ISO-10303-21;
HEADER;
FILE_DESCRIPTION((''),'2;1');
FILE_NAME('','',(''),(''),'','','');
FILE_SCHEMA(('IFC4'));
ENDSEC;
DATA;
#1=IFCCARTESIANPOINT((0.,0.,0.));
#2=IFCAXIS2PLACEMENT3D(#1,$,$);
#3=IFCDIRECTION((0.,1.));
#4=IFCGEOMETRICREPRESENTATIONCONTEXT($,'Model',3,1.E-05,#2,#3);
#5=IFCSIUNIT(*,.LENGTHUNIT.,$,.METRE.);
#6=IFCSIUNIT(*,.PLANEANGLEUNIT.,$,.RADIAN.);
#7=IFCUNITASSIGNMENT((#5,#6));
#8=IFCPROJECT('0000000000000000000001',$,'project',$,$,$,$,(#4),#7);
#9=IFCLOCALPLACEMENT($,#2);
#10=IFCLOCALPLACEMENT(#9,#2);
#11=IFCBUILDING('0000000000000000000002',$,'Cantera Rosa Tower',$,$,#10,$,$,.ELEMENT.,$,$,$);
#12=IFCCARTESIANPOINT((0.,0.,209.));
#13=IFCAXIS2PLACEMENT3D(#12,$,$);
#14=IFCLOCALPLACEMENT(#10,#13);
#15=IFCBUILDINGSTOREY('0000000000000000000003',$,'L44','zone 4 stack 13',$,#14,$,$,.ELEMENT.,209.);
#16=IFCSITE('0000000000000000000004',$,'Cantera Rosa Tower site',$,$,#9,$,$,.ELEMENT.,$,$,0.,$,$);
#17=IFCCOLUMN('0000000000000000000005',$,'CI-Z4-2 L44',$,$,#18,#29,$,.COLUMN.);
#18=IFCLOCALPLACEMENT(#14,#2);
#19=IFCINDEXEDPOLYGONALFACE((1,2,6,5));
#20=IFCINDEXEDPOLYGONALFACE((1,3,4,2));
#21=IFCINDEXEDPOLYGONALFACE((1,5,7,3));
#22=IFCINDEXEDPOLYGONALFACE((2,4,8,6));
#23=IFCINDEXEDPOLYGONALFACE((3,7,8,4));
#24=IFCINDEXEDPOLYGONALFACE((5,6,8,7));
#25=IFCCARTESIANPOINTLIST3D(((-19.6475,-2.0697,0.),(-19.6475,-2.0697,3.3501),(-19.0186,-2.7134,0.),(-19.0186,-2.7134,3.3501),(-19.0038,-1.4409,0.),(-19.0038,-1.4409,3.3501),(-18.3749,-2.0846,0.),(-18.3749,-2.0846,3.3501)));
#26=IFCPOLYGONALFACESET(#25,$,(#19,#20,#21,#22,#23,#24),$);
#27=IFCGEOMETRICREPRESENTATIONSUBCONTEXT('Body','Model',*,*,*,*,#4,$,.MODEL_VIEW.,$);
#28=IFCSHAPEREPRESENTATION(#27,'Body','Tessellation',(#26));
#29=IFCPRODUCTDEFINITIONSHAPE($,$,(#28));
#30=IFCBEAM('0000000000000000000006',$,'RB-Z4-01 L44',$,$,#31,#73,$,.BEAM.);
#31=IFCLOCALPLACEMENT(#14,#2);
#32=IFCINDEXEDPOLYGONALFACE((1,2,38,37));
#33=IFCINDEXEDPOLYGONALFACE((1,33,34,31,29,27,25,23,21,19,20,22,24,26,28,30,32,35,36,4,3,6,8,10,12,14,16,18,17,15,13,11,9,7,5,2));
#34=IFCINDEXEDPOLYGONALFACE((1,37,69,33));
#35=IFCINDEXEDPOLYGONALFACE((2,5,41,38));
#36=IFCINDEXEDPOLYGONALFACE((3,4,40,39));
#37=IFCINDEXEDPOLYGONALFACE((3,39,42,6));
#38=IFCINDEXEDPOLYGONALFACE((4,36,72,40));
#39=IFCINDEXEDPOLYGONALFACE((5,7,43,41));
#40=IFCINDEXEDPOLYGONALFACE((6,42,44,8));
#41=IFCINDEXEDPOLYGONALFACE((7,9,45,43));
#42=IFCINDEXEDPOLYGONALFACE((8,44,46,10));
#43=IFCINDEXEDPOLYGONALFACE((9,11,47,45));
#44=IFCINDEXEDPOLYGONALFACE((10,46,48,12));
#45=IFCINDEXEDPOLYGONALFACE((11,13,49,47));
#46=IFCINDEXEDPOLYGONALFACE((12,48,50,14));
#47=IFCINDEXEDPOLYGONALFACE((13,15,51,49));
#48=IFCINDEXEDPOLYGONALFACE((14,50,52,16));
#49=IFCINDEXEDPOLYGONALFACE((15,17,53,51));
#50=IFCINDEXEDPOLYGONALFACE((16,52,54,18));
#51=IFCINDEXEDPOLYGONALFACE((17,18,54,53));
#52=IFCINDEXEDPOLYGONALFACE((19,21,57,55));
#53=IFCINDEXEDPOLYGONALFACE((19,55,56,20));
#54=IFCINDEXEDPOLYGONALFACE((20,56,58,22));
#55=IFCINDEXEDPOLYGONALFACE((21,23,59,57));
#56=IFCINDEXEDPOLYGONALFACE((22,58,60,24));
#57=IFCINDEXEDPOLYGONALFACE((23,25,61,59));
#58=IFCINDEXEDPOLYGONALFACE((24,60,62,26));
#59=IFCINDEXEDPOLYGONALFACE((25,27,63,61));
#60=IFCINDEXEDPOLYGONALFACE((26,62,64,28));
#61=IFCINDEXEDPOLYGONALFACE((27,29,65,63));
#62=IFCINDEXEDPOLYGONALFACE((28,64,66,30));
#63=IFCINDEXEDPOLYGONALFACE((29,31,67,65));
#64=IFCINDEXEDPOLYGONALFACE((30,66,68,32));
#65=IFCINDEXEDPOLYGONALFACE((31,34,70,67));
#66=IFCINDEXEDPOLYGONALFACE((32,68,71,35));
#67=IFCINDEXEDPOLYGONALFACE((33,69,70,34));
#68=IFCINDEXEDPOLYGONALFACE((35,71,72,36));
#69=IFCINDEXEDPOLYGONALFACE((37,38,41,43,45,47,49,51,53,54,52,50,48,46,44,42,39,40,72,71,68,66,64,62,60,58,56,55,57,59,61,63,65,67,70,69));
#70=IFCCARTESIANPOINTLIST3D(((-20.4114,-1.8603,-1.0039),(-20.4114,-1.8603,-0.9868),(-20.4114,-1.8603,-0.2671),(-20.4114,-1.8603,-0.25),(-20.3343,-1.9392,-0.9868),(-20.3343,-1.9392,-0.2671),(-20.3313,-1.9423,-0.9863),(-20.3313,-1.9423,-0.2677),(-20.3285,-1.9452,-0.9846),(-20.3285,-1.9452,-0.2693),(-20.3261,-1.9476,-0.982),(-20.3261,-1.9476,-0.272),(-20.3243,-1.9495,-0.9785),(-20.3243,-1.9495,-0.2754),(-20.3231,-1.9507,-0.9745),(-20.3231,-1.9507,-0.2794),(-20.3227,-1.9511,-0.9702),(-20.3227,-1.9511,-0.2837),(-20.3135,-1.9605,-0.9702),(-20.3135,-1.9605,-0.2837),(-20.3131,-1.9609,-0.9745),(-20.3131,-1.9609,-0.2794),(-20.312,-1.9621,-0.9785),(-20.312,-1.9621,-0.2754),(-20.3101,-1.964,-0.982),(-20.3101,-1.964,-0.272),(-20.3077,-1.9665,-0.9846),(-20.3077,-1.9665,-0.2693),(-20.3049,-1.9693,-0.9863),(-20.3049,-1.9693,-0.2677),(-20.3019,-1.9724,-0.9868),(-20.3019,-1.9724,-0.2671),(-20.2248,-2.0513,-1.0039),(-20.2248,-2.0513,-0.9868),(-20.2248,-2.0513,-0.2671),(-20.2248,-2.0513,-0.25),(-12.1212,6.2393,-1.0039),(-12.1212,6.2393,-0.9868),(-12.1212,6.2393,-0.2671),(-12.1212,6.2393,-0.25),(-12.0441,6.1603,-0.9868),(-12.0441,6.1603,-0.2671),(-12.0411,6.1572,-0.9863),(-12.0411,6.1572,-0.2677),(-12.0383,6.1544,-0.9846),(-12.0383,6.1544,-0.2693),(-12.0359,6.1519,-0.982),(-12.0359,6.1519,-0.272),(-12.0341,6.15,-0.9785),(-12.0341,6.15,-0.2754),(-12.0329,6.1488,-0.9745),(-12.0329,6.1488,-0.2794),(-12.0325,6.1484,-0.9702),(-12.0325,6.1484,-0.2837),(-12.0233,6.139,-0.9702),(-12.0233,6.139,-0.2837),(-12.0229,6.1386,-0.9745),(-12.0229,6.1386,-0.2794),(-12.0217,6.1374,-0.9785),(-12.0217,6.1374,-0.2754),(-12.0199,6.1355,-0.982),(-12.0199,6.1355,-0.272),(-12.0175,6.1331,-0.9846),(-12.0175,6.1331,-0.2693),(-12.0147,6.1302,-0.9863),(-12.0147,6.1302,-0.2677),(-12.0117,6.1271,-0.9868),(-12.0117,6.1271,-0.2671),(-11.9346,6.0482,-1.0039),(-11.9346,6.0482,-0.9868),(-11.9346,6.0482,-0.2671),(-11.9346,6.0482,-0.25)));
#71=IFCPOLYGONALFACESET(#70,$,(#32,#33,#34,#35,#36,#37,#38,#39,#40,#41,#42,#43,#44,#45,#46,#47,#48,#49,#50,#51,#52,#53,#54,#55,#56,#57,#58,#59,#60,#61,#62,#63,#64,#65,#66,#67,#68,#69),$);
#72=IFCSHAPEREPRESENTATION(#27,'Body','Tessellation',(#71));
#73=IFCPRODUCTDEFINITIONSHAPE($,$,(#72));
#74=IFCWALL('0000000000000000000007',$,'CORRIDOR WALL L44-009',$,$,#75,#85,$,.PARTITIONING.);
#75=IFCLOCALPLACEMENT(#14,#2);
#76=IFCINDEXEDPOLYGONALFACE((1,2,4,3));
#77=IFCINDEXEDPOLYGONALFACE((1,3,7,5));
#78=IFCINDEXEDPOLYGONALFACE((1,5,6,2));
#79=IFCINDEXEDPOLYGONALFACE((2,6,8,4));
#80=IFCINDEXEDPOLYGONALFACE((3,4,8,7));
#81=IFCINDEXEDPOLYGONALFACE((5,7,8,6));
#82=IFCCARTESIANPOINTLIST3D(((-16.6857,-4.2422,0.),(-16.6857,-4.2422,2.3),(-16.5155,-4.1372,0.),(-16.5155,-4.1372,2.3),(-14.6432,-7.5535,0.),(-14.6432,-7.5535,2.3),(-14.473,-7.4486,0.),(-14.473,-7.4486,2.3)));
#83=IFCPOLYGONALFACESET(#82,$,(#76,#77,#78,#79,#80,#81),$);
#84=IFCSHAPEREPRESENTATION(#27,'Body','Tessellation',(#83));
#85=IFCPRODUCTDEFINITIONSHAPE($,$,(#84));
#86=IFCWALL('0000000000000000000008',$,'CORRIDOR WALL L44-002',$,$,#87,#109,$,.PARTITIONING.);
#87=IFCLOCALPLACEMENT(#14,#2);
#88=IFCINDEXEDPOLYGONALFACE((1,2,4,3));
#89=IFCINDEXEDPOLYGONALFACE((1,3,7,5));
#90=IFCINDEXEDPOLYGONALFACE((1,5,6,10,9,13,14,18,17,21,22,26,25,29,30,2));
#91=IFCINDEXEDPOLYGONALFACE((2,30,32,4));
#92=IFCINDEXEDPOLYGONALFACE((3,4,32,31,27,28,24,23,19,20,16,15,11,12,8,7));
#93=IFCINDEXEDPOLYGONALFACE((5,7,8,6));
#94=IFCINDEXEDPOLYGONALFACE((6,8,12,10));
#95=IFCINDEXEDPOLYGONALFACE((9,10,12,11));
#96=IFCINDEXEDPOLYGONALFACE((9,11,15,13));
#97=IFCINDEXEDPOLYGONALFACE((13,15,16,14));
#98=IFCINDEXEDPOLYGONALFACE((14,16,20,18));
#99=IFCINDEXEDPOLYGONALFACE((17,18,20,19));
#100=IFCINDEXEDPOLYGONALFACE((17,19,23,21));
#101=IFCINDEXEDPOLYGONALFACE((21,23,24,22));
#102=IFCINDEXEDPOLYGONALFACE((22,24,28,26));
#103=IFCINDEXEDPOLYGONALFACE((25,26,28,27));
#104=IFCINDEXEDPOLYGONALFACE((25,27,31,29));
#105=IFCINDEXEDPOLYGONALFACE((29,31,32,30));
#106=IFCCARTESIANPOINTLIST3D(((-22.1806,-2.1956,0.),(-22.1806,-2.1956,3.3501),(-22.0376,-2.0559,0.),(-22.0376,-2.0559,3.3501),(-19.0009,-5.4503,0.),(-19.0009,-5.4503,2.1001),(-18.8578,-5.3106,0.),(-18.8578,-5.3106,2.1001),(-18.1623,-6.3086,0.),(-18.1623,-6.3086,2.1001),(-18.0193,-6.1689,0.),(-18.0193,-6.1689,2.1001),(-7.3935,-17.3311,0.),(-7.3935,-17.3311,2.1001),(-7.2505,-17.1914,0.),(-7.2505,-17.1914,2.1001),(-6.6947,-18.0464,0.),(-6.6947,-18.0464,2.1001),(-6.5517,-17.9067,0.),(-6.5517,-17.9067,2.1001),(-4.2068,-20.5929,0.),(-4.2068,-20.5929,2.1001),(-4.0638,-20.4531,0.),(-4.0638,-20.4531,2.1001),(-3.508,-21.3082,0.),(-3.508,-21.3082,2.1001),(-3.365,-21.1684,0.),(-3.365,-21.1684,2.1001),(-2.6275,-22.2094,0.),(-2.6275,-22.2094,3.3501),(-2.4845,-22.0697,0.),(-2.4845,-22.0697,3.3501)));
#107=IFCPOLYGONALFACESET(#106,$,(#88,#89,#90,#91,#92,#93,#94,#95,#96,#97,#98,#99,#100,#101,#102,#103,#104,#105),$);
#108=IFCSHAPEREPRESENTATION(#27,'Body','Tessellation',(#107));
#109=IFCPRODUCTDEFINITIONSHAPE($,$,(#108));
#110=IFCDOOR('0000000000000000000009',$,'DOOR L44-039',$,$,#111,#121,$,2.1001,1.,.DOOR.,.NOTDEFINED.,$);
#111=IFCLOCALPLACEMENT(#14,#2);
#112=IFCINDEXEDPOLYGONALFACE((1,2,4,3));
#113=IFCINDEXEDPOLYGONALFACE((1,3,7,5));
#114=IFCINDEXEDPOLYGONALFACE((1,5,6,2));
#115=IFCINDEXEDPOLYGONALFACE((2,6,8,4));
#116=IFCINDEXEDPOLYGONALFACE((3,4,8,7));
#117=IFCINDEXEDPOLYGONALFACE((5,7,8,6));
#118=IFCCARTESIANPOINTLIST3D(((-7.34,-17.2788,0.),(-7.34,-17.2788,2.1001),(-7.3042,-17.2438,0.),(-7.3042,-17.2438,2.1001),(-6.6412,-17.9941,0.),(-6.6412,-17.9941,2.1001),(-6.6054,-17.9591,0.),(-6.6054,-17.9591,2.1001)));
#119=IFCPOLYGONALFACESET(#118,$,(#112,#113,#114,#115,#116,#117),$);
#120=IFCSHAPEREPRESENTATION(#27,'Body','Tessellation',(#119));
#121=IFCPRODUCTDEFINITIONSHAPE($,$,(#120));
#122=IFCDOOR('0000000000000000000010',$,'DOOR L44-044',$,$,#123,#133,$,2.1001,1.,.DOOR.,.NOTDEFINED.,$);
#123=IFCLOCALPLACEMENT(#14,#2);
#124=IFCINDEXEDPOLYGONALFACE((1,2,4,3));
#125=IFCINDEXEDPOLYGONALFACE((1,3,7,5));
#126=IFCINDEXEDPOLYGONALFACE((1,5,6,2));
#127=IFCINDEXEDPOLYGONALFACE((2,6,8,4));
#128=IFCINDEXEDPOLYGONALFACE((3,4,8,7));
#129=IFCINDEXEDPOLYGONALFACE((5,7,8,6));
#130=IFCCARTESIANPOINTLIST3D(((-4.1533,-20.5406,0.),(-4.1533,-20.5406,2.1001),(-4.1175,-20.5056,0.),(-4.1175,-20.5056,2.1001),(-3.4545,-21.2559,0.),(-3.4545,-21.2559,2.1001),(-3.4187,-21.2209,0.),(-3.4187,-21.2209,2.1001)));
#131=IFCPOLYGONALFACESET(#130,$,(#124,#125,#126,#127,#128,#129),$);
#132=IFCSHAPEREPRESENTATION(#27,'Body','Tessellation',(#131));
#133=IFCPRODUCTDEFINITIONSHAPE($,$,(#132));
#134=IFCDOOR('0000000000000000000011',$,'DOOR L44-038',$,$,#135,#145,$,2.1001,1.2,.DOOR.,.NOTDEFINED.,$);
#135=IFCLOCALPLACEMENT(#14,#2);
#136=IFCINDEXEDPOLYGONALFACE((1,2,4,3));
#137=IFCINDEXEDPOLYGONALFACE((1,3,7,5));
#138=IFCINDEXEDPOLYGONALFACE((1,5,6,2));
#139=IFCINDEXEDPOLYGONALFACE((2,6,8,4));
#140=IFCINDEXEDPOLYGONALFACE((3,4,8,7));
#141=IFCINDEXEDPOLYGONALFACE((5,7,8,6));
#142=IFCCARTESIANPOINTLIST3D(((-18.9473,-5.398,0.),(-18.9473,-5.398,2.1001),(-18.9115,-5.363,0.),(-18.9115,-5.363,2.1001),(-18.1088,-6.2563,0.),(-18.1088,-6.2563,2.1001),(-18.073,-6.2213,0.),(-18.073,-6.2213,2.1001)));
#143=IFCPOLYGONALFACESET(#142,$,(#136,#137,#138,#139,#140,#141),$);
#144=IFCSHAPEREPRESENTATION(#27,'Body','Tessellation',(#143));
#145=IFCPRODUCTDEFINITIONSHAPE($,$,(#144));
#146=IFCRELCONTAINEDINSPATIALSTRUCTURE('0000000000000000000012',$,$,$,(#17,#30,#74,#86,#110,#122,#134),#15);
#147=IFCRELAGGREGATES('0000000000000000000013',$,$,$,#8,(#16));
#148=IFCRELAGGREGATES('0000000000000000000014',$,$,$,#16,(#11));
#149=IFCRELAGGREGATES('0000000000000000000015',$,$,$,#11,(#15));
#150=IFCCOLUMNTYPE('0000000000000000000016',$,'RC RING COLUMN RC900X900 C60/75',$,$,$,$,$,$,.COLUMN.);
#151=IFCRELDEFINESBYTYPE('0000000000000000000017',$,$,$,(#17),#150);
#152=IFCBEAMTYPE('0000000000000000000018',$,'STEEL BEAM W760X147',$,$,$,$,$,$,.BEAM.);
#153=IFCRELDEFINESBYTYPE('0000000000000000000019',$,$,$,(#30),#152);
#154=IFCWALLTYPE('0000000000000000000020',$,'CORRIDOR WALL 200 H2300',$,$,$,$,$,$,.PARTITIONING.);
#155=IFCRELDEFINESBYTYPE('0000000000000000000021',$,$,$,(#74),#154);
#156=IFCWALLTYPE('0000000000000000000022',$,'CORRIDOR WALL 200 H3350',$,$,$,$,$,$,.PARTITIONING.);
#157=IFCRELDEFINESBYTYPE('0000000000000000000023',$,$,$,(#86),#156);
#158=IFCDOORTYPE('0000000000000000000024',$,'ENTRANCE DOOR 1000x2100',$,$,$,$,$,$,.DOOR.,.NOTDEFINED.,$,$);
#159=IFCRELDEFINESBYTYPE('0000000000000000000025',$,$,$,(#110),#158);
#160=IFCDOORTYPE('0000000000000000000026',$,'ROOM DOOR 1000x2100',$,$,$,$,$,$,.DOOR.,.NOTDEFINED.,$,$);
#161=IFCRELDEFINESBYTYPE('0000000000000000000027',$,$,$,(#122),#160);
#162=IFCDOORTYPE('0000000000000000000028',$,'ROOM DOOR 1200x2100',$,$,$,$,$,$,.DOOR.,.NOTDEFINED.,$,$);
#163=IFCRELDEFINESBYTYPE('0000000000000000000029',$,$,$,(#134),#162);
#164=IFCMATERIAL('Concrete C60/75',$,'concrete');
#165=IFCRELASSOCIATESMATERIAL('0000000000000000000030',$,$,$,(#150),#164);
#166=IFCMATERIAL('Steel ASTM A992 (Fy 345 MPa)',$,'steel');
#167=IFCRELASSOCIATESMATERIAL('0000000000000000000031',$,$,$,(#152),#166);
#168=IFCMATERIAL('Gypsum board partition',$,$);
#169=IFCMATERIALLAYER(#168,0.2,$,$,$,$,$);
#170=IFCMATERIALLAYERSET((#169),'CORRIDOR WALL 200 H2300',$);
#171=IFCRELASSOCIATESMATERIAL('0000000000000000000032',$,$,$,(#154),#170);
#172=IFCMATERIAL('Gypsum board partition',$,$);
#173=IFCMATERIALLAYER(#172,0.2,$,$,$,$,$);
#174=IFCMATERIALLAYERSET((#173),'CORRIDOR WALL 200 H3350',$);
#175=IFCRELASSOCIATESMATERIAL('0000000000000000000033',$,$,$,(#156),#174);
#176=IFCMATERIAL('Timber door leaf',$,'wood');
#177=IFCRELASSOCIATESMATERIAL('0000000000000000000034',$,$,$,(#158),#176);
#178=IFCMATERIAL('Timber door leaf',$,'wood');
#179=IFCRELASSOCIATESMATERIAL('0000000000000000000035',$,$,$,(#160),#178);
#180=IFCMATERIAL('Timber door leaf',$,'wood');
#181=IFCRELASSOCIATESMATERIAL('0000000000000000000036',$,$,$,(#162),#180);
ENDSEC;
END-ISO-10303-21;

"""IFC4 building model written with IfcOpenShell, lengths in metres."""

from ifc_helpers import new_model, si_unit, direction, frame, frame_2d, origin, origin_2d, place, context, subcontext, project, spatial, rectangle, i_section, extrude, material, layer, layer_set, material_profile, profile_set, type_object, element, fill, save


model = new_model("IFC4")

# Units and contexts
model_context = context("Model", 3, precision=1e-05, world=origin(), true_north=direction((0.0, 1.0)))
body_context = subcontext(model_context, "Body", "Model", "MODEL_VIEW")
ifc_project = project(units=[si_unit("LENGTHUNIT", "METRE"), si_unit("PLANEANGLEUNIT", "RADIAN")], contexts=[model_context])

# Site, building, storey
site_placement = place(None, origin())
site = spatial("IfcSite", under=ifc_project, at=site_placement, Name="Cantera Rosa Tower site", CompositionType="ELEMENT", RefElevation=0.0)
building_placement = place(site_placement, origin())
building = spatial("IfcBuilding", under=site, at=building_placement, Name="Cantera Rosa Tower", CompositionType="ELEMENT")
storey_placement = place(building_placement, frame((0.0, 0.0, 209.0)))
storey = spatial("IfcBuildingStorey", under=building, at=storey_placement, Name="L44", Description="zone 4 stack 13", CompositionType="ELEMENT", Elevation=209.0)

# Column
ifc_material_1 = material(Name="Concrete C60/75", Category="concrete")
ifc_material_profile_1 = material_profile(ifc_material_1, rectangle(XDim=0.8999, YDim=0.8999, at=origin_2d()), Name="RC RING COLUMN RC900X900 C60/75")
ifc_profile_set_1 = profile_set([ifc_material_profile_1], Name="Concrete C60/75")
column_type = type_object("IfcColumnType", Name="RC RING COLUMN RC900X900 C60/75", PredefinedType="COLUMN", material=ifc_profile_set_1)
column_placement = place(storey_placement, frame((-19.0112, -2.0771, 0.0), z_axis=(0.0, 0.0, 1.0), x_axis=(0.715286, 0.698832, 0.0)))
element("IfcColumn", 1, at=column_placement, inside=storey, type_object=column_type, Name="CI-Z4-2 L44", PredefinedType="COLUMN", context=body_context, shape_type="SweptSolid", body=[
    extrude(rectangle(XDim=0.8999, YDim=0.8999, at=origin_2d()), origin(), (0.0, 0.0, 1.0), 3.3501),
])

# Beam
ifc_material_2 = material(Name="Steel ASTM A992 (Fy 345 MPa)", Category="steel")
ifc_material_profile_2 = material_profile(ifc_material_2, i_section(OverallWidth=0.2671, OverallDepth=0.7539, WebThickness=0.0132, FlangeThickness=0.0171, FilletRadius=0.0166, at=origin_2d()), Name="W760X147")
ifc_profile_set_2 = profile_set([ifc_material_profile_2], Name="Steel ASTM A992 (Fy 345 MPa)")
beam_type = type_object("IfcBeamType", Name="STEEL BEAM W760X147", PredefinedType="BEAM", material=ifc_profile_set_2)
beam_placement = place(storey_placement, frame((-20.3181, -1.9558, -0.627), z_axis=(0.715285, 0.698833, 0.0), x_axis=(-0.698833, 0.715285, 0.0)))
element("IfcBeam", 2, at=beam_placement, inside=storey, type_object=beam_type, Name="RB-Z4-01 L44", PredefinedType="BEAM", context=body_context, shape_type="SweptSolid", body=[
    extrude(i_section(OverallWidth=0.2671, OverallDepth=0.7539, WebThickness=0.0132, FlangeThickness=0.0171, FilletRadius=0.0166, at=origin_2d()), origin(), (0.0, 0.0, 1.0), 11.5901),
])

# Wall
ifc_material_3 = material(Name="Gypsum board partition")
ifc_layer_1 = layer(ifc_material_3, 0.2)
ifc_layer_set_1 = layer_set([ifc_layer_1], Name="CORRIDOR WALL 200 H2300")
wall_type_1 = type_object("IfcWallType", Name="CORRIDOR WALL 200 H2300", PredefinedType="PARTITIONING", material=ifc_layer_set_1)
wall_1_placement = place(storey_placement, frame((-16.6006, -4.1897, 0.0), z_axis=(0.0, 0.0, 1.0), x_axis=(0.524986, -0.851111, 0.0)))
element("IfcWall", 3, at=wall_1_placement, inside=storey, type_object=wall_type_1, Name="CORRIDOR WALL L44-009", PredefinedType="PARTITIONING", context=body_context, shape_type="SweptSolid", body=[
    extrude(rectangle(XDim=3.8906, YDim=0.2, at=frame_2d((1.9453, 0.0))), origin(), (0.0, 0.0, 1.0), 2.3),
])

# Wall, openings, doors
ifc_material_4 = material(Name="Gypsum board partition")
ifc_layer_2 = layer(ifc_material_4, 0.2)
ifc_layer_set_2 = layer_set([ifc_layer_2], Name="CORRIDOR WALL 200 H3350")
wall_type_2 = type_object("IfcWallType", Name="CORRIDOR WALL 200 H3350", PredefinedType="PARTITIONING", material=ifc_layer_set_2)
wall_2_placement = place(storey_placement, frame((-22.1091, -2.1257, 0.0), z_axis=(0.0, 0.0, 1.0), x_axis=(0.698826, -0.715291, 0.0)))
wall_2 = element("IfcWall", 4, at=wall_2_placement, inside=storey, type_object=wall_type_2, Name="CORRIDOR WALL L44-002", PredefinedType="PARTITIONING", context=body_context, shape_type="SweptSolid", body=[
    extrude(rectangle(XDim=27.98, YDim=0.2, at=frame_2d((13.99, 0.0))), origin(), (0.0, 0.0, 1.0), 3.3501),
])
opening_1_placement = place(wall_2_placement, frame((4.55, 0.0, 0.0)))
opening_1 = element("IfcOpeningElement", 5, at=opening_1_placement, cuts=wall_2, PredefinedType="OPENING", context=body_context, shape_type="SweptSolid", body=[
    extrude(rectangle(XDim=1.2, YDim=2.1001, at=frame_2d((0.6001, 1.05))), frame((0.0, 0.1099, 0.0), z_axis=(0.0, -1.0, 0.0), x_axis=(1.0, 0.0, 0.0)), (0.0, 0.0, 1.0), 0.22),
])
opening_2_placement = place(wall_2_placement, frame((21.1599, 0.0, 0.0)))
opening_2 = element("IfcOpeningElement", 6, at=opening_2_placement, cuts=wall_2, PredefinedType="OPENING", context=body_context, shape_type="SweptSolid", body=[
    extrude(rectangle(XDim=1.0, YDim=2.1001, at=frame_2d((0.5, 1.05))), frame((0.0, 0.1099, 0.0), z_axis=(0.0, -1.0, 0.0), x_axis=(1.0, 0.0, 0.0)), (0.0, 0.0, 1.0), 0.22),
])
opening_3_placement = place(wall_2_placement, frame((25.72, 0.0, 0.0)))
opening_3 = element("IfcOpeningElement", 7, at=opening_3_placement, cuts=wall_2, PredefinedType="OPENING", context=body_context, shape_type="SweptSolid", body=[
    extrude(rectangle(XDim=1.0, YDim=2.1001, at=frame_2d((0.5, 1.05))), frame((0.0, 0.1099, 0.0), z_axis=(0.0, -1.0, 0.0), x_axis=(1.0, 0.0, 0.0)), (0.0, 0.0, 1.0), 0.22),
])
ifc_material_5 = material(Name="Timber door leaf", Category="wood")
door_type_1 = type_object("IfcDoorType", Name="ENTRANCE DOOR 1000x2100", OperationType="NOTDEFINED", PredefinedType="DOOR", material=ifc_material_5)
door_1_placement = place(opening_2_placement, origin())
door_1 = element("IfcDoor", 8, at=door_1_placement, inside=storey, type_object=door_type_1, Name="DOOR L44-039", OperationType="NOTDEFINED", OverallHeight=2.1001, OverallWidth=1.0, PredefinedType="DOOR", context=body_context, shape_type="SweptSolid", body=[
    extrude(rectangle(XDim=1.0, YDim=2.1001, at=frame_2d((0.5, 1.05))), frame((0.0, 0.0249, 0.0), z_axis=(0.0, -1.0, 0.0), x_axis=(1.0, 0.0, 0.0)), (0.0, 0.0, 1.0), 0.05),
])
fill(opening_2, door_1)
ifc_material_6 = material(Name="Timber door leaf", Category="wood")
door_type_2 = type_object("IfcDoorType", Name="ROOM DOOR 1000x2100", OperationType="NOTDEFINED", PredefinedType="DOOR", material=ifc_material_6)
door_2_placement = place(opening_3_placement, origin())
door_2 = element("IfcDoor", 9, at=door_2_placement, inside=storey, type_object=door_type_2, Name="DOOR L44-044", OperationType="NOTDEFINED", OverallHeight=2.1001, OverallWidth=1.0, PredefinedType="DOOR", context=body_context, shape_type="SweptSolid", body=[
    extrude(rectangle(XDim=1.0, YDim=2.1001, at=frame_2d((0.5, 1.05))), frame((0.0, 0.0249, 0.0), z_axis=(0.0, -1.0, 0.0), x_axis=(1.0, 0.0, 0.0)), (0.0, 0.0, 1.0), 0.05),
])
fill(opening_3, door_2)
ifc_material_7 = material(Name="Timber door leaf", Category="wood")
door_type_3 = type_object("IfcDoorType", Name="ROOM DOOR 1200x2100", OperationType="NOTDEFINED", PredefinedType="DOOR", material=ifc_material_7)
door_3_placement = place(opening_1_placement, origin())
door_3 = element("IfcDoor", 10, at=door_3_placement, inside=storey, type_object=door_type_3, Name="DOOR L44-038", OperationType="NOTDEFINED", OverallHeight=2.1001, OverallWidth=1.2, PredefinedType="DOOR", context=body_context, shape_type="SweptSolid", body=[
    extrude(rectangle(XDim=1.2, YDim=2.1001, at=frame_2d((0.6001, 1.05))), frame((0.0, 0.0249, 0.0), z_axis=(0.0, -1.0, 0.0), x_axis=(1.0, 0.0, 0.0)), (0.0, 0.0, 1.0), 0.05),
])
fill(opening_1, door_3)

save(model, "model.ifc")
